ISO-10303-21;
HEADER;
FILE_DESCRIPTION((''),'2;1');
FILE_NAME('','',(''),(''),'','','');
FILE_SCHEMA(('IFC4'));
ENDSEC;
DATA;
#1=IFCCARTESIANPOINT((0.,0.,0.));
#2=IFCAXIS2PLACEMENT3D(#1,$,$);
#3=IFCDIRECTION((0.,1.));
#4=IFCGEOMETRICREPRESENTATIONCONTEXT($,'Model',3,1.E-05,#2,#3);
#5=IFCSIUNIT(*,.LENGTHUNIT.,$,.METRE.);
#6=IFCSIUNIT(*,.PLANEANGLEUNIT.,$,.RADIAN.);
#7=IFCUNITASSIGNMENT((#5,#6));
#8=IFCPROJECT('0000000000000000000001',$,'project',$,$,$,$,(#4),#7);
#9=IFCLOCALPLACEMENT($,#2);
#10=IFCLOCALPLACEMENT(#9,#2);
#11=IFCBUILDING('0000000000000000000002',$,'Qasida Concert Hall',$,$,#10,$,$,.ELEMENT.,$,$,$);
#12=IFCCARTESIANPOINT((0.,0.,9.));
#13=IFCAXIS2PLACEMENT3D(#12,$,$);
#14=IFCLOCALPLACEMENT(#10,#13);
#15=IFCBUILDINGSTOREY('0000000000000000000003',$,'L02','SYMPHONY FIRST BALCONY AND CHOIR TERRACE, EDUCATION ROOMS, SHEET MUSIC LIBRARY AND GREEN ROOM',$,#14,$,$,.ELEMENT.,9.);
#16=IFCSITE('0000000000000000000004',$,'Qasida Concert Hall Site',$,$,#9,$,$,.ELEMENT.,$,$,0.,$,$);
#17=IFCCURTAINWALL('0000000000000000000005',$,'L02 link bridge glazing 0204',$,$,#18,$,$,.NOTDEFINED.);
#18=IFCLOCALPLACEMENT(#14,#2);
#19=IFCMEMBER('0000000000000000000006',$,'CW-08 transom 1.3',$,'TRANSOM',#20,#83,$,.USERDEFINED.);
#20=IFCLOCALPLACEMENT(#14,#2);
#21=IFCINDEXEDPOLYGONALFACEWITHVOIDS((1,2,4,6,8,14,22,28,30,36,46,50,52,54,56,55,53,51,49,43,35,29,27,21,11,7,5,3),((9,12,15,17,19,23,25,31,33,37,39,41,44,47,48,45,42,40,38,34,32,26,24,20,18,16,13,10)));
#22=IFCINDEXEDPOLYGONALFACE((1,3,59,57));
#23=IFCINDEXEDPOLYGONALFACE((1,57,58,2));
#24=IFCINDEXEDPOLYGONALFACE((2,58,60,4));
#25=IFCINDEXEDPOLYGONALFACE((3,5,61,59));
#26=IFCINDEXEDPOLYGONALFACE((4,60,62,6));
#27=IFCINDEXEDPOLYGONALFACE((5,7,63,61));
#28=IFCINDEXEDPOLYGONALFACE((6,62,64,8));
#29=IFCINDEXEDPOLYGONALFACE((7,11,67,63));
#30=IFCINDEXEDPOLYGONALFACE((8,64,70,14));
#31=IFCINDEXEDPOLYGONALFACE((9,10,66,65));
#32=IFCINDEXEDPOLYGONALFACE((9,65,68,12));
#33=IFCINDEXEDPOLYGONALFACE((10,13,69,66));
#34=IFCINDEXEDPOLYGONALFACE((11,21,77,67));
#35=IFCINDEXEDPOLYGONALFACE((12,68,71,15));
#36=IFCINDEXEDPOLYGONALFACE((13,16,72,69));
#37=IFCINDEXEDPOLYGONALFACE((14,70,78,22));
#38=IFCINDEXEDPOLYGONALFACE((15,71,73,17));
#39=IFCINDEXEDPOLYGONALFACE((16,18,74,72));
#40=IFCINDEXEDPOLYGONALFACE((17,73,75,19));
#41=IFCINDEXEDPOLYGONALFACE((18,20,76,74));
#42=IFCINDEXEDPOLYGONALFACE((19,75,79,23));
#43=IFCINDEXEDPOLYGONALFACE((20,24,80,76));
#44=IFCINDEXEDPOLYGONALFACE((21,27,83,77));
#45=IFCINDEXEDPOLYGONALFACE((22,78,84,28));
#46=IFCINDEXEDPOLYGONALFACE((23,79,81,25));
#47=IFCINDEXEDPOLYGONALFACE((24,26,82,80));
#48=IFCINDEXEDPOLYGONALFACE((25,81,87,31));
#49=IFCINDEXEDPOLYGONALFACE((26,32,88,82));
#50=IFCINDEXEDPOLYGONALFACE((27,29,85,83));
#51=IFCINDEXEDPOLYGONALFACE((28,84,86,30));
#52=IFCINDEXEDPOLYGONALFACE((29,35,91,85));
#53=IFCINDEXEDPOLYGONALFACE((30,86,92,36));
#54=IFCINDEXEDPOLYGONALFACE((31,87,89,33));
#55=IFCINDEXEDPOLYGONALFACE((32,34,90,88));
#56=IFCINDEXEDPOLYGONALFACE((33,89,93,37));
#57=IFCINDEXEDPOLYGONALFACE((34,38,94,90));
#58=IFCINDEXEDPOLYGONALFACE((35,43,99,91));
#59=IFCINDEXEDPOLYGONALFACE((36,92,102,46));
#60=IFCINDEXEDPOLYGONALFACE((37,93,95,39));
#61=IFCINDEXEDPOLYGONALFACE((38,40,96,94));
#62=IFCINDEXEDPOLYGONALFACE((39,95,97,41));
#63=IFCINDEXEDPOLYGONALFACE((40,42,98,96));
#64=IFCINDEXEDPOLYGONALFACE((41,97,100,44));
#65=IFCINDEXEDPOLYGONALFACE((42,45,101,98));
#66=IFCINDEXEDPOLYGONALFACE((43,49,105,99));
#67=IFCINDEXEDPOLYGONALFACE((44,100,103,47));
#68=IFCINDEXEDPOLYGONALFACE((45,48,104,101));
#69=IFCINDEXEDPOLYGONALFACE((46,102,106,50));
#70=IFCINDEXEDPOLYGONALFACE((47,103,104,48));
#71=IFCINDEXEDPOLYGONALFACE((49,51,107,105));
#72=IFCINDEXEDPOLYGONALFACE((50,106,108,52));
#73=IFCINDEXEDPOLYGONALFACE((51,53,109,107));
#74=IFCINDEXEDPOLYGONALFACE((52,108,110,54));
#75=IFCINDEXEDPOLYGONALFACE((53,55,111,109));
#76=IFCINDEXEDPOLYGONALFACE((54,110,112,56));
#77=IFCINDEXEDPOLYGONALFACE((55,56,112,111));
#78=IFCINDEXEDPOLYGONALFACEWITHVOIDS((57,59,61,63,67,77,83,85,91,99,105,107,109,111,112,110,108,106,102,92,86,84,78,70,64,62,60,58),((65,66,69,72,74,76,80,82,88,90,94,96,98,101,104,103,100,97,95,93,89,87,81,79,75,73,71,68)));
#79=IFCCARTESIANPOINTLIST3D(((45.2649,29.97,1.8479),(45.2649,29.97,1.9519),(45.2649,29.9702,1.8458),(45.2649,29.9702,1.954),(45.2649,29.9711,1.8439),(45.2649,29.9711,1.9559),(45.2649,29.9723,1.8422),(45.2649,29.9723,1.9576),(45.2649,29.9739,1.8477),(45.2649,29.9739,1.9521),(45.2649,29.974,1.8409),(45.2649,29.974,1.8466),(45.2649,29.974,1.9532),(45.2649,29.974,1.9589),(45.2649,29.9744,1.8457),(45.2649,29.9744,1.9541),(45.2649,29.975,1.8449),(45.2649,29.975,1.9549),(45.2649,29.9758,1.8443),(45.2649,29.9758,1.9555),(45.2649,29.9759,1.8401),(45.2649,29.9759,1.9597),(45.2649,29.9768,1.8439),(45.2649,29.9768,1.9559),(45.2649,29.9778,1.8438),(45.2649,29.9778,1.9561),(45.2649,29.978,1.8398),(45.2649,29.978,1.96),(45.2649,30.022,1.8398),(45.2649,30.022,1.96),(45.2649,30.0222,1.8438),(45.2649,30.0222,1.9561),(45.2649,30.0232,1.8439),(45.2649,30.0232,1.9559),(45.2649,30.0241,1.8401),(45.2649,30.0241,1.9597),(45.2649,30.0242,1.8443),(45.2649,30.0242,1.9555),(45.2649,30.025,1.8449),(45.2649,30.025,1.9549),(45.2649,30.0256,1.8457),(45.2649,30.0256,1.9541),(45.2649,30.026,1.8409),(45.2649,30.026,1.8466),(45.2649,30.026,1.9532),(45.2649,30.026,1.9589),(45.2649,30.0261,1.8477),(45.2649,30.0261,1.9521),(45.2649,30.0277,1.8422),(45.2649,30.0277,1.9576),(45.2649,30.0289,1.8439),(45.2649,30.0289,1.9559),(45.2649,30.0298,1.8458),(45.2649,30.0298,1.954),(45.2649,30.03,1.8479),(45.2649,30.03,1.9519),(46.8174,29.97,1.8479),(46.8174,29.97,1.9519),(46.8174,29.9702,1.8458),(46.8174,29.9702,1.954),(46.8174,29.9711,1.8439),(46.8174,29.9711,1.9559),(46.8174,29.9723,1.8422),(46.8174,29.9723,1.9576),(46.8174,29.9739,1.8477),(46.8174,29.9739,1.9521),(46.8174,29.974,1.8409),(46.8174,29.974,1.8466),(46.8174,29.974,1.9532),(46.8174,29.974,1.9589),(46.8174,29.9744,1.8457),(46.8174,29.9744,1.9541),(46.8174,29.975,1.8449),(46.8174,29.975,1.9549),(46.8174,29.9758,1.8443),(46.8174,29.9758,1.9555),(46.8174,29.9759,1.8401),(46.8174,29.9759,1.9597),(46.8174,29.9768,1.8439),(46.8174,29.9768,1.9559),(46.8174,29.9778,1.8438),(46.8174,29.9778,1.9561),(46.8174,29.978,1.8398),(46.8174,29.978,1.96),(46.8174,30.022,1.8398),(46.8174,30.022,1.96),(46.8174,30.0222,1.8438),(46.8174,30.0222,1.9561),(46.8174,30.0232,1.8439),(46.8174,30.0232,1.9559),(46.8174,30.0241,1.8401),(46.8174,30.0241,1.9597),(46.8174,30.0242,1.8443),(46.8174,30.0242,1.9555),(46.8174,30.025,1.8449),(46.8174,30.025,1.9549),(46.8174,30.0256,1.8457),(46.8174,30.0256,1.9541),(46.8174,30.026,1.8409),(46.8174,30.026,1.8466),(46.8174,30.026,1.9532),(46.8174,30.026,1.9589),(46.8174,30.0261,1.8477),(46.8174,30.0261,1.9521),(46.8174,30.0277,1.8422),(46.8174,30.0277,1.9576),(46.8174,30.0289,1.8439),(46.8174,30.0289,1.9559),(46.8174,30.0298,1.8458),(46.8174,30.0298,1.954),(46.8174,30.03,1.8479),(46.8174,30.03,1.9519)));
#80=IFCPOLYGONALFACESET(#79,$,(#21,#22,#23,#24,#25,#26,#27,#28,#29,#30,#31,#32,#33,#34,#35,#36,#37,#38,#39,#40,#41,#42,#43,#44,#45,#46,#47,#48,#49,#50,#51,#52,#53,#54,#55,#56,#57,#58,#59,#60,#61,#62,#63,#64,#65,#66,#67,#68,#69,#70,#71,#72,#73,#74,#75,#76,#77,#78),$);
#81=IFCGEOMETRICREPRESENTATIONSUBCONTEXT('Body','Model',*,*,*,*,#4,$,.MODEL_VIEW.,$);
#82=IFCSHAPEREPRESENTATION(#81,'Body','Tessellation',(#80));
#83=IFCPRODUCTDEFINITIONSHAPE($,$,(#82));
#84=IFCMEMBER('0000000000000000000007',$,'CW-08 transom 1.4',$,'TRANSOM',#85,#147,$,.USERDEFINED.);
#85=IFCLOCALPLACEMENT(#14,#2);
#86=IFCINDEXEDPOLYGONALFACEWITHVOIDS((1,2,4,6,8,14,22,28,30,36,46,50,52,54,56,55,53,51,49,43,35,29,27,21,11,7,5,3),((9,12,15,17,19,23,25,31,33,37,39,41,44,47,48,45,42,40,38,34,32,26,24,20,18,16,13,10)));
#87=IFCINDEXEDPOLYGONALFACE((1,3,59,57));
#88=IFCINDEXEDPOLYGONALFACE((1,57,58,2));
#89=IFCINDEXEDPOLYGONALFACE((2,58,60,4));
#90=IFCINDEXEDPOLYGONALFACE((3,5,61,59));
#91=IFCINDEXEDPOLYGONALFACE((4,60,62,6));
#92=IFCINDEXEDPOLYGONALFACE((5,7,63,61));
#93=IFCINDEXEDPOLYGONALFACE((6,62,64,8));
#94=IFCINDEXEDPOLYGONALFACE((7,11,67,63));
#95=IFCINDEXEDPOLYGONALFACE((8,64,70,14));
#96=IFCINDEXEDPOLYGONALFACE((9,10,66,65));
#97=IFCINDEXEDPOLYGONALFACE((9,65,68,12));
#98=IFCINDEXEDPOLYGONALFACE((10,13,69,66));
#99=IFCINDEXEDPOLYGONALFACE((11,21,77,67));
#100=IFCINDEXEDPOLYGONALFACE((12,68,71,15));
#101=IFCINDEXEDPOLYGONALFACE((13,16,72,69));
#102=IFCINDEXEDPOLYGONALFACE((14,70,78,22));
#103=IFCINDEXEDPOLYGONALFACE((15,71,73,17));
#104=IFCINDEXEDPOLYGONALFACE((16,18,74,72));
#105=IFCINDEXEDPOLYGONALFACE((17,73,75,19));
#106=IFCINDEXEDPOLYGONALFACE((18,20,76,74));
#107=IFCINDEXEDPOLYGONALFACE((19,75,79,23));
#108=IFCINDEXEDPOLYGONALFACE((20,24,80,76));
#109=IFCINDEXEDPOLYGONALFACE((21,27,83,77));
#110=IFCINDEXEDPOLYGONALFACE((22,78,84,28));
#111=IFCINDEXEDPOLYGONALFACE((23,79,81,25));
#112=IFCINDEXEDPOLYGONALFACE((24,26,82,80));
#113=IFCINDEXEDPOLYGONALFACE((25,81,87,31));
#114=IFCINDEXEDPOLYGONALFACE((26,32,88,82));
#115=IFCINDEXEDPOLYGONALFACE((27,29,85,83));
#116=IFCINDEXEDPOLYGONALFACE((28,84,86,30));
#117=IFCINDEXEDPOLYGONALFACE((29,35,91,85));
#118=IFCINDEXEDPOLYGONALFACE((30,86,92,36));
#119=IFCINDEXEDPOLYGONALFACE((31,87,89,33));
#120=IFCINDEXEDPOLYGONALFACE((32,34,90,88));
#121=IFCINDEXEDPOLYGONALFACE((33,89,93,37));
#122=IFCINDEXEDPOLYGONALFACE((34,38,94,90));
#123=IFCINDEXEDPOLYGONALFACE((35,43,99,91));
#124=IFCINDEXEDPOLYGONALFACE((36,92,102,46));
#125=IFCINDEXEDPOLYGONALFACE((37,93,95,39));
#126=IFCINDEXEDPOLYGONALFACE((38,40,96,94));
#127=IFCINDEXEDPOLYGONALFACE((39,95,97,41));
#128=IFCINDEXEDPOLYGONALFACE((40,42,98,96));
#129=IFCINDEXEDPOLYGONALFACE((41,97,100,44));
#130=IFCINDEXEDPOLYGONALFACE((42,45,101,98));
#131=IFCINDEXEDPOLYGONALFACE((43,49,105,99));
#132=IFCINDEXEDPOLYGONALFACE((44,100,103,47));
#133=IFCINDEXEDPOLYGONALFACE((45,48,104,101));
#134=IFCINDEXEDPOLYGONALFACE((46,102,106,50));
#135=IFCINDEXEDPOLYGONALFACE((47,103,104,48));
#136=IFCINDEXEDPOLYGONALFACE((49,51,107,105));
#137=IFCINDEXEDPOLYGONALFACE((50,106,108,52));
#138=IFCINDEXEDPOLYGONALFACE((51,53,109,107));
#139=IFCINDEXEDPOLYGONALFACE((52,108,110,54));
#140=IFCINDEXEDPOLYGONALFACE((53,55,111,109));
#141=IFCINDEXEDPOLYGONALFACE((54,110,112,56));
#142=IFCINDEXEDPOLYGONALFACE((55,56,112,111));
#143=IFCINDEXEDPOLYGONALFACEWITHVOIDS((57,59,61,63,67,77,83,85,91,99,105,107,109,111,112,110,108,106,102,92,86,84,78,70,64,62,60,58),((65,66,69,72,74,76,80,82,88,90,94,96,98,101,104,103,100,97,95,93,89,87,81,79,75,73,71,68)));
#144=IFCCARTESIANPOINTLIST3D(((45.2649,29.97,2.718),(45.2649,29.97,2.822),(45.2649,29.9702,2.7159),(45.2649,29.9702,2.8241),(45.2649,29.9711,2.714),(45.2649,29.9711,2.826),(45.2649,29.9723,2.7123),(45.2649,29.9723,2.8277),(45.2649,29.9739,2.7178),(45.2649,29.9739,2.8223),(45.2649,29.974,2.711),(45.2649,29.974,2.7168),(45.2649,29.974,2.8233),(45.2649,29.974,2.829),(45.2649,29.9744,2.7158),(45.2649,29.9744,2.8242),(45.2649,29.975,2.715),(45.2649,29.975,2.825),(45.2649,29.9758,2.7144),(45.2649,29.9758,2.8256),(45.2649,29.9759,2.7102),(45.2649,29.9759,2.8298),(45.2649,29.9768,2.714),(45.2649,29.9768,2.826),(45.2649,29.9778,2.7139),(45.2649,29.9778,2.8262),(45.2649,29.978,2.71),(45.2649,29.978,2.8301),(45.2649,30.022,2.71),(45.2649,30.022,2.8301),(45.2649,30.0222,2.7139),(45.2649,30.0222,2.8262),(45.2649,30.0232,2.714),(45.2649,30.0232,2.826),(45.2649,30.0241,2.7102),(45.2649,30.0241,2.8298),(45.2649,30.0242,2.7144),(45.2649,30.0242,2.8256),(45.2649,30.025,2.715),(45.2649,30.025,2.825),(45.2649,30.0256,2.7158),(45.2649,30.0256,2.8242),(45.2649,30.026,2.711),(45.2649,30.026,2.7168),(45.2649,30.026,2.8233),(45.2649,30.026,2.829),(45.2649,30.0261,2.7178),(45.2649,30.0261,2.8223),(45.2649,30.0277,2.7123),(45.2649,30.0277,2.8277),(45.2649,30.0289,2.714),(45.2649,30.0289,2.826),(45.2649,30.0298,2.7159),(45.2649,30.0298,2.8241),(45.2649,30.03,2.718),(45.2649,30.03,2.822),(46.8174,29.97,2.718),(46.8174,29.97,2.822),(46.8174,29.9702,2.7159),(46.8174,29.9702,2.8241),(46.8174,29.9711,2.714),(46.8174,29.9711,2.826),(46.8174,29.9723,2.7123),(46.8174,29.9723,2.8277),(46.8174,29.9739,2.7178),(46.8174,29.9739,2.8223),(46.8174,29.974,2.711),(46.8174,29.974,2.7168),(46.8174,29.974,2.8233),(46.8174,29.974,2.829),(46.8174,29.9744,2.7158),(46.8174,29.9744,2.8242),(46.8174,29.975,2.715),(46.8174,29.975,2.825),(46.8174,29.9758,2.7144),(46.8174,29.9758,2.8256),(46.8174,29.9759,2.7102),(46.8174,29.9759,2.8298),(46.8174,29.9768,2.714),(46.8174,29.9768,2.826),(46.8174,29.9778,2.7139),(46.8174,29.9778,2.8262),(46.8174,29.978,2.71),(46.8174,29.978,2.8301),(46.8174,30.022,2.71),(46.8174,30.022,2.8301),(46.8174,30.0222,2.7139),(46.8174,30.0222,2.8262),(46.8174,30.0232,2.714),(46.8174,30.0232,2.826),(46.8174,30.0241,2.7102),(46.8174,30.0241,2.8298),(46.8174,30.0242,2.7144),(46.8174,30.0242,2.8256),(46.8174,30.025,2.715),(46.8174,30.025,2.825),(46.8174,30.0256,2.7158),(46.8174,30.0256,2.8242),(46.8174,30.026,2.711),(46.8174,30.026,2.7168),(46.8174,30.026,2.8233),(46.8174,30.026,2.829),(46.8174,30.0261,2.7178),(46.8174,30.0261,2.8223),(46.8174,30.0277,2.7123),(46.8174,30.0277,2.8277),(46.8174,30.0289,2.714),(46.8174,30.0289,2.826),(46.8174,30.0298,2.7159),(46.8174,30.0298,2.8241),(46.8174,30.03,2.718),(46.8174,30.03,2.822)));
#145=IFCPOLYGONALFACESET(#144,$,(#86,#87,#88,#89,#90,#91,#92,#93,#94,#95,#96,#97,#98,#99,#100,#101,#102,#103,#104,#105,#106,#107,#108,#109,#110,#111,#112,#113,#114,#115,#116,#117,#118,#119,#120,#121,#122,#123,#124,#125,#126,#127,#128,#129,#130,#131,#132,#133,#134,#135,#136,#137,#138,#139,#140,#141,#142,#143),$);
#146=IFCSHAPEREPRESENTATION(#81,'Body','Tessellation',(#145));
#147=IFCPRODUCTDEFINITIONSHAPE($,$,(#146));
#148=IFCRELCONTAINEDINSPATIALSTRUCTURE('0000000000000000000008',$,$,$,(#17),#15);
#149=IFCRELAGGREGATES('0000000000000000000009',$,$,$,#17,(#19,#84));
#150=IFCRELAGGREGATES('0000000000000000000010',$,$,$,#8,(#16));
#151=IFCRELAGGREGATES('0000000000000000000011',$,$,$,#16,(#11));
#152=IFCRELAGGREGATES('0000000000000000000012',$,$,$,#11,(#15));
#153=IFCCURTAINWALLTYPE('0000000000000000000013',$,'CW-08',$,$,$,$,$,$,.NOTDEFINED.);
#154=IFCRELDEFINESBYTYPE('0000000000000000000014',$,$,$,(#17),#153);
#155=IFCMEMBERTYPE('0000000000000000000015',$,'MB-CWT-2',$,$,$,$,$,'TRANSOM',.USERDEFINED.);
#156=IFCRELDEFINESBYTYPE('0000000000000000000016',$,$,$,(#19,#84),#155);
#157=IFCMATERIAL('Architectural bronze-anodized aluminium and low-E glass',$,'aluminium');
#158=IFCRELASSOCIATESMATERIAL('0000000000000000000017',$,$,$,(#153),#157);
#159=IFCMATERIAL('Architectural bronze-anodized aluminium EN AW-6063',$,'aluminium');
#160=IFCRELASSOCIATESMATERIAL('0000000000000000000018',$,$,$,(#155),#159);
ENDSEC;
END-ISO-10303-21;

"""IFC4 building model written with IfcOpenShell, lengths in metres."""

from ifc_helpers import new_model, si_unit, direction, frame, origin, origin_2d, place, context, subcontext, project, spatial, hollow_rectangle, extrude, material, material_profile, profile_set, type_object, element, aggregate, save


model = new_model("IFC4")

# Units and contexts
model_context = context("Model", 3, precision=1e-05, world=origin(), true_north=direction((0.0, 1.0)))
body_context = subcontext(model_context, "Body", "Model", "MODEL_VIEW")
ifc_project = project(units=[si_unit("LENGTHUNIT", "METRE"), si_unit("PLANEANGLEUNIT", "RADIAN")], contexts=[model_context])

# Site, building, storey
site_placement = place(None, origin())
site = spatial("IfcSite", under=ifc_project, at=site_placement, Name="Qasida Concert Hall Site", CompositionType="ELEMENT", RefElevation=0.0)
building_placement = place(site_placement, origin())
building = spatial("IfcBuilding", under=site, at=building_placement, Name="Qasida Concert Hall", CompositionType="ELEMENT")
storey_placement = place(building_placement, frame((0.0, 0.0, 9.0)))
storey = spatial("IfcBuildingStorey", under=building, at=storey_placement, Name="L02", Description="SYMPHONY FIRST BALCONY AND CHOIR TERRACE, EDUCATION ROOMS, SHEET MUSIC LIBRARY AND GREEN ROOM", CompositionType="ELEMENT", Elevation=9.0)

# Shared definitions
ifc_material_1 = material(Name="Architectural bronze-anodized aluminium and low-E glass", Category="aluminium")
curtain_wall_type = type_object("IfcCurtainWallType", Name="CW-08", PredefinedType="NOTDEFINED", material=ifc_material_1)
ifc_material_2 = material(Name="Architectural bronze-anodized aluminium EN AW-6063", Category="aluminium")

# Curtain wall
curtain_wall_1_placement = place(storey_placement, origin())
curtain_wall_1 = element("IfcCurtainWall", 1, at=curtain_wall_1_placement, inside=storey, type_object=curtain_wall_type, Name="L02 link bridge glazing 0204", PredefinedType="NOTDEFINED")

# Members
ifc_material_profile_1 = material_profile(ifc_material_2, hollow_rectangle(XDim=0.0601, YDim=0.1201, WallThickness=0.0039, InnerFilletRadius=0.0039, OuterFilletRadius=0.0081, at=origin_2d()), Name="CWT 120x60x4")
ifc_profile_set_1 = profile_set([ifc_material_profile_1], Name="Architectural bronze-anodized aluminium EN AW-6063")
member_type_1 = type_object("IfcMemberType", Name="MB-CWT-2", ElementType="TRANSOM", PredefinedType="USERDEFINED", material=ifc_profile_set_1)
member_1_placement = place(storey_placement, frame((45.2649, 30.0, 1.8999), z_axis=(1.0, 0.0, 0.0), x_axis=(0.0, 1.0, 0.0)))
member_1 = element("IfcMember", 2, at=member_1_placement, type_object=member_type_1, Name="CW-08 transom 1.3", ObjectType="TRANSOM", PredefinedType="USERDEFINED", context=body_context, shape_type="SweptSolid", body=[
    extrude(hollow_rectangle(XDim=0.0601, YDim=0.1201, WallThickness=0.0039, InnerFilletRadius=0.0039, OuterFilletRadius=0.0081, at=origin_2d()), origin(), (0.0, 0.0, 1.0), 1.5525),
])
member_2_placement = place(storey_placement, frame((45.2649, 30.0, 2.77), z_axis=(1.0, 0.0, 0.0), x_axis=(0.0, 1.0, 0.0)))
member_2 = element("IfcMember", 3, at=member_2_placement, type_object=member_type_1, Name="CW-08 transom 1.4", ObjectType="TRANSOM", PredefinedType="USERDEFINED", context=body_context, shape_type="SweptSolid", body=[
    extrude(hollow_rectangle(XDim=0.0601, YDim=0.1201, WallThickness=0.0039, InnerFilletRadius=0.0039, OuterFilletRadius=0.0081, at=origin_2d()), origin(), (0.0, 0.0, 1.0), 1.5525),
])

aggregate(curtain_wall_1, [member_1, member_2])

save(model, "model.ifc")
